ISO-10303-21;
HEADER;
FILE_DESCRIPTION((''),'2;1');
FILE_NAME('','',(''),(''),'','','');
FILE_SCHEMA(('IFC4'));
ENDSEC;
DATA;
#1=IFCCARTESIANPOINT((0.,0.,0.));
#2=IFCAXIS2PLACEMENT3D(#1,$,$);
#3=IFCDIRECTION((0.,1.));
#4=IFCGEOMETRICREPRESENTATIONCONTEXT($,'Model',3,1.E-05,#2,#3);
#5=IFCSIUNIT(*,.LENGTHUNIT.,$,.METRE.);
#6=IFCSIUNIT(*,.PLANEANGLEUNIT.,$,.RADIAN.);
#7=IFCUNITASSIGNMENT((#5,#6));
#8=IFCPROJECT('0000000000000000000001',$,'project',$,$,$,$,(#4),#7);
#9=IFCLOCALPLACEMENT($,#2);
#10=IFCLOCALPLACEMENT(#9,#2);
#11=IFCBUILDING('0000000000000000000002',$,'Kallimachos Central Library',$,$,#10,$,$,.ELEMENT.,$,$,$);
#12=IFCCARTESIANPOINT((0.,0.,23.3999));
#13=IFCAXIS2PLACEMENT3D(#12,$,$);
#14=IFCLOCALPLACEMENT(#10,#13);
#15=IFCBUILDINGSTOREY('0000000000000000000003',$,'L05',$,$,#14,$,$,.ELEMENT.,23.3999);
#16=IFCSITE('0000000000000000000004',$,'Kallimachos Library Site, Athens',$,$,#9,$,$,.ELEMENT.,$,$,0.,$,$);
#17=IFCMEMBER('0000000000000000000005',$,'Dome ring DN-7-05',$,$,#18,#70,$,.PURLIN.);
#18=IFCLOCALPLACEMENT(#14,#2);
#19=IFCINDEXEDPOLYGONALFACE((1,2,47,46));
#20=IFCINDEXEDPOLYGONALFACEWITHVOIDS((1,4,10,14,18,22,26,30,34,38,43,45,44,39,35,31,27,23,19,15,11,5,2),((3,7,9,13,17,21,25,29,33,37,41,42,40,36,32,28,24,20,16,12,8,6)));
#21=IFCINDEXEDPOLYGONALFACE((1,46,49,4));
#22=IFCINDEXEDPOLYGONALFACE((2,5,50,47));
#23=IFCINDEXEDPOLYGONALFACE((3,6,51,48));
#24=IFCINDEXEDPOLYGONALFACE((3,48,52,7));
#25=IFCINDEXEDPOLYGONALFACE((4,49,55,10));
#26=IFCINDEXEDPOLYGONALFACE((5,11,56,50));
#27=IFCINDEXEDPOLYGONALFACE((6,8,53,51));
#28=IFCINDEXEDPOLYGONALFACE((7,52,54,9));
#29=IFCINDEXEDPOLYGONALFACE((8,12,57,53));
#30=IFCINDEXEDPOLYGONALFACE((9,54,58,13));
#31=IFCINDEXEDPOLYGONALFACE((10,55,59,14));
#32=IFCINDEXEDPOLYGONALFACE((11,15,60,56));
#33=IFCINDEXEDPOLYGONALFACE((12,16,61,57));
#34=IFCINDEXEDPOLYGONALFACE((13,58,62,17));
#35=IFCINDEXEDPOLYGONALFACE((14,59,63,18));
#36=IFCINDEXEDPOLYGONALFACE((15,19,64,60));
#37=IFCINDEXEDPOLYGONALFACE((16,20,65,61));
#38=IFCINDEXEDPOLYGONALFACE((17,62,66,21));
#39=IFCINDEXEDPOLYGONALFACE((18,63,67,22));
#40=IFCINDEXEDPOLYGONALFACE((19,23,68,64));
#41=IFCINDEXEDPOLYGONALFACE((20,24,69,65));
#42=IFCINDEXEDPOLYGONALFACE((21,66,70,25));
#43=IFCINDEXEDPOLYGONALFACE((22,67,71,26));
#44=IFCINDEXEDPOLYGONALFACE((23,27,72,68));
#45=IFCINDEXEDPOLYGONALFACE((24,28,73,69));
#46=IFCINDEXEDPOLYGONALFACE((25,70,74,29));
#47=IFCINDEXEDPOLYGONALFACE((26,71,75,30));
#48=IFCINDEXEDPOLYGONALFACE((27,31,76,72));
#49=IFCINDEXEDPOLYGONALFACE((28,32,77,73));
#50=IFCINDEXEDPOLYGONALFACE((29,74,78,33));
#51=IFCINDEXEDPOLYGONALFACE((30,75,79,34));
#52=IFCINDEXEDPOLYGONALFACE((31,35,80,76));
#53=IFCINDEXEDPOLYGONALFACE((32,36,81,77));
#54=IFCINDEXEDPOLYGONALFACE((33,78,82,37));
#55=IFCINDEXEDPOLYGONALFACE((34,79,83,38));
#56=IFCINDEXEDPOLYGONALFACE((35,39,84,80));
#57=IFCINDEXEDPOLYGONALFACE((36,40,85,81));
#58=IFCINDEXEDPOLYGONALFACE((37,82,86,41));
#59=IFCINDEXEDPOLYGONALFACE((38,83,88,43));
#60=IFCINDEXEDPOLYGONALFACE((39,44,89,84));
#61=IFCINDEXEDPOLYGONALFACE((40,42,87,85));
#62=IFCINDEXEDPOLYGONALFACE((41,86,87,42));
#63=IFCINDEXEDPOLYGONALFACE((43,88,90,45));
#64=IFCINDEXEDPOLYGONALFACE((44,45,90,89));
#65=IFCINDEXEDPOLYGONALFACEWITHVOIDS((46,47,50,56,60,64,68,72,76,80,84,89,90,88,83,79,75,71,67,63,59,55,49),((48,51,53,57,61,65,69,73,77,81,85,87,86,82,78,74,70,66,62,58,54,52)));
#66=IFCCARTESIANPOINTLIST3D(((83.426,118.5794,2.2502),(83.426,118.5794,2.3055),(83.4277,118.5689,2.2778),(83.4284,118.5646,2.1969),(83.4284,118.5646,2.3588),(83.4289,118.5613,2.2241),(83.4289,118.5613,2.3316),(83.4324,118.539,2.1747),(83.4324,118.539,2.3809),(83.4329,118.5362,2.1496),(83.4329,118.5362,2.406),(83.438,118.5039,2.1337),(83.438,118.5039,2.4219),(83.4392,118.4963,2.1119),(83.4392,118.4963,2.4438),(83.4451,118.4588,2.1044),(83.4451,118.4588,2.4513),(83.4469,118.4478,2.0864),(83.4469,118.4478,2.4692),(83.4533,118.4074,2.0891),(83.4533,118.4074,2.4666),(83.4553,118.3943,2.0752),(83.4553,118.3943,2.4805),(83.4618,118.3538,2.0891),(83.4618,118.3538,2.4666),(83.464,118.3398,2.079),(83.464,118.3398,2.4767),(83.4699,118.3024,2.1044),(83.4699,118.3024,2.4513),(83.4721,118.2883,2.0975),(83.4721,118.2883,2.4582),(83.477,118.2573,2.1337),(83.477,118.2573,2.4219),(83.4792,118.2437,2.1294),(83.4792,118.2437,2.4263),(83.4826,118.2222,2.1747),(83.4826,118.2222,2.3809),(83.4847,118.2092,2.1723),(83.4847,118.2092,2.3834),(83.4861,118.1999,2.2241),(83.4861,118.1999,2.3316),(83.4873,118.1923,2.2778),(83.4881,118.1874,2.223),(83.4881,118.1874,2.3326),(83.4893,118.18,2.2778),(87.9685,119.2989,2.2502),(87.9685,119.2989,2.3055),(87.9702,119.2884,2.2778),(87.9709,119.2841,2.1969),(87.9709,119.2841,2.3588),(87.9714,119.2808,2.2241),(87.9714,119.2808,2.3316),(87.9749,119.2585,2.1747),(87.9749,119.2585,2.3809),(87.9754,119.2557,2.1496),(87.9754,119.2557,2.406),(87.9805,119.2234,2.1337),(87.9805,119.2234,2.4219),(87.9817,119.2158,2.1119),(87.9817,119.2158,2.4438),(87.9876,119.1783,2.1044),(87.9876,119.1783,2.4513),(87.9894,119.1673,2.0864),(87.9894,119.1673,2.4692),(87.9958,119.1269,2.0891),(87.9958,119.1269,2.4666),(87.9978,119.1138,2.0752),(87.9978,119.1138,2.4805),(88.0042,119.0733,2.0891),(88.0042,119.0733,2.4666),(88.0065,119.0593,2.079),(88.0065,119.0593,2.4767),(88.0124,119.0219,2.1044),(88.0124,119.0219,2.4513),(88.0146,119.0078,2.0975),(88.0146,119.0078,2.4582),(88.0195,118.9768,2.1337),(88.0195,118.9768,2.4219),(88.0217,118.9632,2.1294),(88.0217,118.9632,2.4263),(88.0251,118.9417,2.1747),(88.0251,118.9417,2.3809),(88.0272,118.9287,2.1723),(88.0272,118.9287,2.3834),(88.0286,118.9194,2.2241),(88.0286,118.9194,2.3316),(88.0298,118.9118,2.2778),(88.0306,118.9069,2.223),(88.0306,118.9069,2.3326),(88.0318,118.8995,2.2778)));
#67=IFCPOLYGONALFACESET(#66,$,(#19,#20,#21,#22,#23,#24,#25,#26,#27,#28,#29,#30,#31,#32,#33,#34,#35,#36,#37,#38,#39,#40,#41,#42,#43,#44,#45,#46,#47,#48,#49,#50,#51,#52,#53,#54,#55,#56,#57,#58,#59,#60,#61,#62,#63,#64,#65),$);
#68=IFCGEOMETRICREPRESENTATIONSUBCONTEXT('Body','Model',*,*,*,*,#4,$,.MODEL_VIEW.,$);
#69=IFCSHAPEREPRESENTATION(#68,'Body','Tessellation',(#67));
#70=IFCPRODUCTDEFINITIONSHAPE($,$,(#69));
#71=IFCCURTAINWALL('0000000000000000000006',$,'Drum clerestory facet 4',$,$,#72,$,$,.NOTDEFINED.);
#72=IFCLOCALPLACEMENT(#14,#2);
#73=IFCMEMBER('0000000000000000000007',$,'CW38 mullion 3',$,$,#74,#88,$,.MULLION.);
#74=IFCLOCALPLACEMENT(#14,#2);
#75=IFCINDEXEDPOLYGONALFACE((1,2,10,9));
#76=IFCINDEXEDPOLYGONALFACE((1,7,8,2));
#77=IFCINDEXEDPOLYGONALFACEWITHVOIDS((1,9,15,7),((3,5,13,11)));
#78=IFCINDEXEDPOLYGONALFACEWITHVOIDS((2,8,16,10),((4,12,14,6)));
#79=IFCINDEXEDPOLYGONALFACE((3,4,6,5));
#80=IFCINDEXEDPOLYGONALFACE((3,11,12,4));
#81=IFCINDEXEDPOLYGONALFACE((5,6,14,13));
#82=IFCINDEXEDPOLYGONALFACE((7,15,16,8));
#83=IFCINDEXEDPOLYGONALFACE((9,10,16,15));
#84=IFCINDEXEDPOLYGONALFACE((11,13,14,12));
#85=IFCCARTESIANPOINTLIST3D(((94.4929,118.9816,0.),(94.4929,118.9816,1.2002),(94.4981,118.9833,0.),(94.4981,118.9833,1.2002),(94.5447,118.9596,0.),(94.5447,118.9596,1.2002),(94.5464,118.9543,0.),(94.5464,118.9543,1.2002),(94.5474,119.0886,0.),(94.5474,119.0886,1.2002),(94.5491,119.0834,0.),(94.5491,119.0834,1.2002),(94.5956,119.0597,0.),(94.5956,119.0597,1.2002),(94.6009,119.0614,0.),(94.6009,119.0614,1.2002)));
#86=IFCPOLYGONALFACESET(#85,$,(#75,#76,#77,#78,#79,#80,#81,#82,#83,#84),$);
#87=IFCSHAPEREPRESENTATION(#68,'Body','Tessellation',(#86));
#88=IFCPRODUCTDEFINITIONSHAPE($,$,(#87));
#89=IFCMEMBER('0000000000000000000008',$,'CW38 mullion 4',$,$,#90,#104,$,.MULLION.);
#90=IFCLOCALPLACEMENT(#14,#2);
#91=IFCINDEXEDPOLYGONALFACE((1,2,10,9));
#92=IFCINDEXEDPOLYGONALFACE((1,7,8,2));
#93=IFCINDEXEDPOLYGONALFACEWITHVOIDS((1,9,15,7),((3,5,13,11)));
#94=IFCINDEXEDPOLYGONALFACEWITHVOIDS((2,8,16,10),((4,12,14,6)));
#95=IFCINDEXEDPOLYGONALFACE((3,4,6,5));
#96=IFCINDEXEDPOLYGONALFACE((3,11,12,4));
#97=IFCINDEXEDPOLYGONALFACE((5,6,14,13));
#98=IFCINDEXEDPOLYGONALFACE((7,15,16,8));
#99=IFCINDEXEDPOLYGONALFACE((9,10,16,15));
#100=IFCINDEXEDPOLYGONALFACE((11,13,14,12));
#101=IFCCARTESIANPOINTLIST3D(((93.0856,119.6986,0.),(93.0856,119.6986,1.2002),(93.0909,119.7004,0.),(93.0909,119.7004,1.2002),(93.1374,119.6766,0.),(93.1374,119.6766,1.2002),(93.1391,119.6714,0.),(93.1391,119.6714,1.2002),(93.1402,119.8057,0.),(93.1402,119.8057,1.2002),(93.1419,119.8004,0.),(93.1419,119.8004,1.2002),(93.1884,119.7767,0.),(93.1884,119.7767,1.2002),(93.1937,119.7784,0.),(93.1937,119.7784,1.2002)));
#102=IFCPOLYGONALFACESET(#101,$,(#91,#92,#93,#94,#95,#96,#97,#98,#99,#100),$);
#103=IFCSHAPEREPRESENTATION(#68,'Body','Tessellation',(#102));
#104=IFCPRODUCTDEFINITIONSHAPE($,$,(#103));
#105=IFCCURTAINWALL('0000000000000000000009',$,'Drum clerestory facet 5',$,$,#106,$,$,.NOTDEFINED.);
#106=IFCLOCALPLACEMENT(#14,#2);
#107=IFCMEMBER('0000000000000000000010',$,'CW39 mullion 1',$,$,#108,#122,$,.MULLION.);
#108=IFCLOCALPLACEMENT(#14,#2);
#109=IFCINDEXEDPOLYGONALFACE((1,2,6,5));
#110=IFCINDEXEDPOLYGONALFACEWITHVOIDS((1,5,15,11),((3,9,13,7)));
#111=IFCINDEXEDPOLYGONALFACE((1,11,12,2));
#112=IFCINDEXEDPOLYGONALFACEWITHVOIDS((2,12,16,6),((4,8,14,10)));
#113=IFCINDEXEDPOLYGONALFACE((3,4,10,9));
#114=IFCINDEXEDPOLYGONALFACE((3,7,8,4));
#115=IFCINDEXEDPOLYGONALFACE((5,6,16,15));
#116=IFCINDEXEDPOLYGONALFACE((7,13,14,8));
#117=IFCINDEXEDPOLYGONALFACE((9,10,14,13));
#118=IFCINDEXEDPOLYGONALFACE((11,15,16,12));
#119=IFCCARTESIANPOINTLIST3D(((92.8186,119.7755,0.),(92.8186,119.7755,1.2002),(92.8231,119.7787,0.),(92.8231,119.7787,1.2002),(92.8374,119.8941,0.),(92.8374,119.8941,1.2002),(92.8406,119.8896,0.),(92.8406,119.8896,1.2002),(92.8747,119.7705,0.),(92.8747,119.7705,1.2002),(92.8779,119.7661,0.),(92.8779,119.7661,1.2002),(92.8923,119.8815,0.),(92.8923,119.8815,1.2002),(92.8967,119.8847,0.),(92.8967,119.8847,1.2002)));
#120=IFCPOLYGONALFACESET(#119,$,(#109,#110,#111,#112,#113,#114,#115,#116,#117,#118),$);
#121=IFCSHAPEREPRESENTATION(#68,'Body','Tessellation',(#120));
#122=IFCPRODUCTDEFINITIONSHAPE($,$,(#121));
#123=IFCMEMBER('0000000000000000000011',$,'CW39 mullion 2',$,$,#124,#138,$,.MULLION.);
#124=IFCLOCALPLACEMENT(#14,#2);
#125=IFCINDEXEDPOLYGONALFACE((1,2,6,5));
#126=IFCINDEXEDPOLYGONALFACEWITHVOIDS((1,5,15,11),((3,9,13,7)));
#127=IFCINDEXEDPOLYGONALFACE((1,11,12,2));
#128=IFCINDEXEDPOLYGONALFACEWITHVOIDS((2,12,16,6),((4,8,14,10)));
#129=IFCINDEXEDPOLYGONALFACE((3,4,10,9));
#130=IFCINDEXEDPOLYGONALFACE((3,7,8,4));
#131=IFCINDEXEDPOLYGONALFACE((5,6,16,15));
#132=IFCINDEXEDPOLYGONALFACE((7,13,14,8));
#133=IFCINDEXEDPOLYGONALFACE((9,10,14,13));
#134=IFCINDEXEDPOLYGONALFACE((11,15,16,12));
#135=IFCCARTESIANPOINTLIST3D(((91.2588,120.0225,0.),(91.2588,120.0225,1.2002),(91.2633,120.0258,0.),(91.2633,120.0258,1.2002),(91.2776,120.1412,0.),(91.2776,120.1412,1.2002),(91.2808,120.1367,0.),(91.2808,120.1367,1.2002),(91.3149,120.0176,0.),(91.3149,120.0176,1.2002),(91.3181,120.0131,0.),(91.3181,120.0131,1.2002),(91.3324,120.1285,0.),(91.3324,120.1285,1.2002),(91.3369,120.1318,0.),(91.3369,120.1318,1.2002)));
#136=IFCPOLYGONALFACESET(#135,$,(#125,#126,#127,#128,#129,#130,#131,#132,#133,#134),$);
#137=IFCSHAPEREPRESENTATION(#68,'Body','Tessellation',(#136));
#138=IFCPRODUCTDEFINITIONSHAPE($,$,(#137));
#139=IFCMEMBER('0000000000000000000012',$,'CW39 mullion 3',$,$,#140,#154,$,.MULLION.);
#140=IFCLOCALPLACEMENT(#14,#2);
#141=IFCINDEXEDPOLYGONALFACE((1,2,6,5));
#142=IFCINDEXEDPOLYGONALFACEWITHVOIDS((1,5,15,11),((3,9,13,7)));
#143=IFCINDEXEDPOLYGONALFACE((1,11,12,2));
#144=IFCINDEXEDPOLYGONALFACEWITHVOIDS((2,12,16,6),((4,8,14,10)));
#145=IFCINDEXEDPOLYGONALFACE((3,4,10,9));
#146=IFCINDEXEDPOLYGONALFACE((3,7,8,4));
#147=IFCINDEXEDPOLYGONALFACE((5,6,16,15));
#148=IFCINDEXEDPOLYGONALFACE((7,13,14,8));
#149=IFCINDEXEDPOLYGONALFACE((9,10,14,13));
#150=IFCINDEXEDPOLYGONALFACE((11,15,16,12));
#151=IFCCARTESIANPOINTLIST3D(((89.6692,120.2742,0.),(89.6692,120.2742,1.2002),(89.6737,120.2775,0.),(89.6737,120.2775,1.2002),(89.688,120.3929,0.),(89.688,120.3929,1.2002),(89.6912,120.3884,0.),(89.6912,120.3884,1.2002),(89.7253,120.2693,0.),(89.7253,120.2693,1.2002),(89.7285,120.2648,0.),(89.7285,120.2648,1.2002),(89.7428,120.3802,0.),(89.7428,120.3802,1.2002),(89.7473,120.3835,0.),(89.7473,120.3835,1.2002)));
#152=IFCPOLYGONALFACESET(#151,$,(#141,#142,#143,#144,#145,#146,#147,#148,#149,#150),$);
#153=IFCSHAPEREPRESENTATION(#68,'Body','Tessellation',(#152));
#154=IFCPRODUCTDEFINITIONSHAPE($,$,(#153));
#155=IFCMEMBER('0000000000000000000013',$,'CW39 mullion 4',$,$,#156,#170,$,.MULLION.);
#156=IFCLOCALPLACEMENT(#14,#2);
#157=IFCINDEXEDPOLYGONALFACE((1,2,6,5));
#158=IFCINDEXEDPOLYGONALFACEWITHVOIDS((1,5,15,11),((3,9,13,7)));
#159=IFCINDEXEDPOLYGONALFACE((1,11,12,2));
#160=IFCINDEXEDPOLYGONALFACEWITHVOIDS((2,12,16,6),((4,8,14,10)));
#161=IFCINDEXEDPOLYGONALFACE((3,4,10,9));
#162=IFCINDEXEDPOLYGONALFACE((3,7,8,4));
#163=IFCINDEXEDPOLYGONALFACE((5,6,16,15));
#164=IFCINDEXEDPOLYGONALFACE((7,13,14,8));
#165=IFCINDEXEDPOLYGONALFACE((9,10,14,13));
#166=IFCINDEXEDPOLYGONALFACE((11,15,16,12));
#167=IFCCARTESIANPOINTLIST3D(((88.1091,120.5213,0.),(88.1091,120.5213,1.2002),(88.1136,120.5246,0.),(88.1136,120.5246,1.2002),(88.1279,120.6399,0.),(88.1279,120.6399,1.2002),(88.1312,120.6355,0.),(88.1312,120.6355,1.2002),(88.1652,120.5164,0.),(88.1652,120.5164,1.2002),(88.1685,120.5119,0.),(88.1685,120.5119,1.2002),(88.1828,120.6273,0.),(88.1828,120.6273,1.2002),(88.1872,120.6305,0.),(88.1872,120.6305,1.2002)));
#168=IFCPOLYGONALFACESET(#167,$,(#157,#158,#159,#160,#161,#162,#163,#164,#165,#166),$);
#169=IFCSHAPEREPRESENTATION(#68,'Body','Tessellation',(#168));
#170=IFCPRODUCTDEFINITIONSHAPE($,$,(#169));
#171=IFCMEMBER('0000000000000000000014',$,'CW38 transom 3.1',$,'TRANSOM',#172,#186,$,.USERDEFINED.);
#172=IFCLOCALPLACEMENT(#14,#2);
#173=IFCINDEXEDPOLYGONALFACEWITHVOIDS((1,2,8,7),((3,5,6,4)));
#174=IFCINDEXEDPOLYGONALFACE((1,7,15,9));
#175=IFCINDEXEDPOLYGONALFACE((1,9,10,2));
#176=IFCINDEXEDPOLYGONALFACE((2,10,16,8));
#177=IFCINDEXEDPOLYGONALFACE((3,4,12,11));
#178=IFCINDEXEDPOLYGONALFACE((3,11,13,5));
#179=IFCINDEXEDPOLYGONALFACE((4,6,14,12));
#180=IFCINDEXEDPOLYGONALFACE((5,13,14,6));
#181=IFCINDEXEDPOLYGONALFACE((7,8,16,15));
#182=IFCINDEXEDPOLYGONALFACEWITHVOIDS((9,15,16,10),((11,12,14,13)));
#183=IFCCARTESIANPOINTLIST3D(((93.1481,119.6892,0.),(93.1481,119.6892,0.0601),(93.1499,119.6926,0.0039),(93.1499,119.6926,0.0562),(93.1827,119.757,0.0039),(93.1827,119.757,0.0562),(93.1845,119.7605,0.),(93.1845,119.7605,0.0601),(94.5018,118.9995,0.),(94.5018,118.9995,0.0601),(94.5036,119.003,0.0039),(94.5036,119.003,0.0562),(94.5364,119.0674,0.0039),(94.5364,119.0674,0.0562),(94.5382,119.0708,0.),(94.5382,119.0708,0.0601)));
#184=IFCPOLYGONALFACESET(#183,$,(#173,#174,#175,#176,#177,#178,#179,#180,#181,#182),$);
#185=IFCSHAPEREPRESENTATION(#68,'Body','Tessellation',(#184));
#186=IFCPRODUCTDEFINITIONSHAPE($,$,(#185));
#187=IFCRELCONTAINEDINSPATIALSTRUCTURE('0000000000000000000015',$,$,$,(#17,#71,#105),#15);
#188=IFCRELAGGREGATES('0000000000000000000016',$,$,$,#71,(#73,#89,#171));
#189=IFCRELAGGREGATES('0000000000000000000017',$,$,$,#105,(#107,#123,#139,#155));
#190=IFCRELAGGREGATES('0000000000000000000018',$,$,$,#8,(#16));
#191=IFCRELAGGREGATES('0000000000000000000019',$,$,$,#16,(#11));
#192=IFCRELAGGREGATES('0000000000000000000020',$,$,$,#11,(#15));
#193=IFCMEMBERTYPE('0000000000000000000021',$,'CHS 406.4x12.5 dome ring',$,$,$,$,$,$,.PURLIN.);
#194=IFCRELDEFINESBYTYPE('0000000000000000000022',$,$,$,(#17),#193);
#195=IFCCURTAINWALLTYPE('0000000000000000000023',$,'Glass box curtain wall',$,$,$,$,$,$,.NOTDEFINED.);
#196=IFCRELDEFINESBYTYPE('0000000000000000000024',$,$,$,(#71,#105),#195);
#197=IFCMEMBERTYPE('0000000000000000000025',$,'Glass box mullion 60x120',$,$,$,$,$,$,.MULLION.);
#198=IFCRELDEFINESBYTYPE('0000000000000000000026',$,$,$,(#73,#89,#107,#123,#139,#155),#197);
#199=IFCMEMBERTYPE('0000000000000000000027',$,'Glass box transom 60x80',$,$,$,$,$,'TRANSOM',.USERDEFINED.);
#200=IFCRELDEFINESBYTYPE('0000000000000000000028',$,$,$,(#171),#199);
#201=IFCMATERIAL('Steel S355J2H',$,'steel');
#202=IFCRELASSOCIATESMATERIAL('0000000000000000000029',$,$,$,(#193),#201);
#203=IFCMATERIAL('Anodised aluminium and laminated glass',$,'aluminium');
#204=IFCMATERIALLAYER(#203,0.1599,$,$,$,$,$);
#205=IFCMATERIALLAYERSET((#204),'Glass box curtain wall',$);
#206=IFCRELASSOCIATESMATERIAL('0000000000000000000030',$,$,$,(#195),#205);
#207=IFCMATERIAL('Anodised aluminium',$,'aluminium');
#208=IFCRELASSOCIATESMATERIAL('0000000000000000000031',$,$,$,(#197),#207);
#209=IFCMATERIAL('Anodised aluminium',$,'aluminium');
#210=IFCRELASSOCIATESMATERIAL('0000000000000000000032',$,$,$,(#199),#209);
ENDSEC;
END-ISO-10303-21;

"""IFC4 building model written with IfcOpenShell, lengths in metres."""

from ifc_helpers import new_model, si_unit, direction, frame, origin, origin_2d, place, context, subcontext, project, spatial, hollow_rectangle, hollow_circle, extrude, material, layer, layer_set, material_profile, profile_set, type_object, element, aggregate, save


model = new_model("IFC4")

# Units and contexts
model_context = context("Model", 3, precision=1e-05, world=origin(), true_north=direction((0.0, 1.0)))
body_context = subcontext(model_context, "Body", "Model", "MODEL_VIEW")
ifc_project = project(units=[si_unit("LENGTHUNIT", "METRE"), si_unit("PLANEANGLEUNIT", "RADIAN")], contexts=[model_context])

# Site, building, storey
site_placement = place(None, origin())
site = spatial("IfcSite", under=ifc_project, at=site_placement, Name="Kallimachos Library Site, Athens", CompositionType="ELEMENT", RefElevation=0.0)
building_placement = place(site_placement, origin())
building = spatial("IfcBuilding", under=site, at=building_placement, Name="Kallimachos Central Library", CompositionType="ELEMENT")
storey_placement = place(building_placement, frame((0.0, 0.0, 23.3999)))
storey = spatial("IfcBuildingStorey", under=building, at=storey_placement, Name="L05", CompositionType="ELEMENT", Elevation=23.3999)

# Member
ifc_material_1 = material(Name="Steel S355J2H", Category="steel")
ifc_material_profile_1 = material_profile(ifc_material_1, hollow_circle(Radius=0.2031, WallThickness=0.0125, at=origin_2d()), Name="CHS 406.4x12.5")
ifc_profile_set_1 = profile_set([ifc_material_profile_1], Name="Steel S355J2H")
member_type_1 = type_object("IfcMemberType", Name="CHS 406.4x12.5 dome ring", PredefinedType="PURLIN", material=ifc_profile_set_1)
for number, where, z_axis, x_axis, name in (
    (1, (88.0, 119.1001, 2.2778), (-0.987688, -0.15644, 0.0), (0.15644, -0.987688, 0.0), "Dome ring DN-7-05"),
):
    element("IfcMember", number, at=place(storey_placement, frame(where, z_axis=z_axis, x_axis=x_axis)), inside=storey, type_object=member_type_1, Name=name, PredefinedType="PURLIN", context=body_context, shape_type="SweptSolid", body=[
        extrude(hollow_circle(Radius=0.2031, WallThickness=0.0125, at=origin_2d()), origin(), (0.0, 0.0, 1.0), 4.5991),
    ])

# Curtain walls, members
ifc_material_2 = material(Name="Anodised aluminium and laminated glass", Category="aluminium")
ifc_layer_1 = layer(ifc_material_2, 0.1599)
ifc_layer_set_1 = layer_set([ifc_layer_1], Name="Glass box curtain wall")
curtain_wall_type = type_object("IfcCurtainWallType", Name="Glass box curtain wall", PredefinedType="NOTDEFINED", material=ifc_layer_set_1)
curtain_wall_1_placement = place(storey_placement, origin())
curtain_wall_1 = element("IfcCurtainWall", 2, at=curtain_wall_1_placement, inside=storey, type_object=curtain_wall_type, Name="Drum clerestory facet 4", PredefinedType="NOTDEFINED")
ifc_material_3 = material(Name="Anodised aluminium", Category="aluminium")
ifc_material_profile_2 = material_profile(ifc_material_3, hollow_rectangle(XDim=0.0601, YDim=0.1201, WallThickness=0.0039, at=origin_2d()), Name="ALU MULLION 60x120")
ifc_profile_set_2 = profile_set([ifc_material_profile_2], Name="Anodised aluminium")
member_type_2 = type_object("IfcMemberType", Name="Glass box mullion 60x120", PredefinedType="MULLION", material=ifc_profile_set_2)
member_1_placement = place(storey_placement, frame((94.5469, 119.0215, 0.0), z_axis=(0.0, 0.0, 1.0), x_axis=(-0.891006, 0.453991, 0.0)))
member_1 = element("IfcMember", 3, at=member_1_placement, type_object=member_type_2, Name="CW38 mullion 3", PredefinedType="MULLION", context=body_context, shape_type="SweptSolid", body=[
    extrude(hollow_rectangle(XDim=0.0601, YDim=0.1201, WallThickness=0.0039, at=origin_2d()), origin(), (0.0, 0.0, 1.0), 1.2002),
])
member_2_placement = place(storey_placement, frame((93.1396, 119.7385, 0.0), z_axis=(0.0, 0.0, 1.0), x_axis=(-0.891006, 0.453991, 0.0)))
member_2 = element("IfcMember", 4, at=member_2_placement, type_object=member_type_2, Name="CW38 mullion 4", PredefinedType="MULLION", context=body_context, shape_type="SweptSolid", body=[
    extrude(hollow_rectangle(XDim=0.0601, YDim=0.1201, WallThickness=0.0039, at=origin_2d()), origin(), (0.0, 0.0, 1.0), 1.2002),
])
curtain_wall_2_placement = place(storey_placement, origin())
curtain_wall_2 = element("IfcCurtainWall", 5, at=curtain_wall_2_placement, inside=storey, type_object=curtain_wall_type, Name="Drum clerestory facet 5", PredefinedType="NOTDEFINED")
member_3_placement = place(storey_placement, frame((92.8577, 119.8301, 0.0), z_axis=(0.0, 0.0, 1.0), x_axis=(-0.987688, 0.156435, 0.0)))
member_3 = element("IfcMember", 6, at=member_3_placement, type_object=member_type_2, Name="CW39 mullion 1", PredefinedType="MULLION", context=body_context, shape_type="SweptSolid", body=[
    extrude(hollow_rectangle(XDim=0.0601, YDim=0.1201, WallThickness=0.0039, at=origin_2d()), origin(), (0.0, 0.0, 1.0), 1.2002),
])
member_4_placement = place(storey_placement, frame((91.2979, 120.0771, 0.0), z_axis=(0.0, 0.0, 1.0), x_axis=(-0.987688, 0.156435, 0.0)))
member_4 = element("IfcMember", 7, at=member_4_placement, type_object=member_type_2, Name="CW39 mullion 2", PredefinedType="MULLION", context=body_context, shape_type="SweptSolid", body=[
    extrude(hollow_rectangle(XDim=0.0601, YDim=0.1201, WallThickness=0.0039, at=origin_2d()), origin(), (0.0, 0.0, 1.0), 1.2002),
])
member_5_placement = place(storey_placement, frame((89.7083, 120.3289, 0.0), z_axis=(0.0, 0.0, 1.0), x_axis=(-0.987688, 0.156435, 0.0)))
member_5 = element("IfcMember", 8, at=member_5_placement, type_object=member_type_2, Name="CW39 mullion 3", PredefinedType="MULLION", context=body_context, shape_type="SweptSolid", body=[
    extrude(hollow_rectangle(XDim=0.0601, YDim=0.1201, WallThickness=0.0039, at=origin_2d()), origin(), (0.0, 0.0, 1.0), 1.2002),
])
member_6_placement = place(storey_placement, frame((88.1482, 120.5759, 0.0), z_axis=(0.0, 0.0, 1.0), x_axis=(-0.987688, 0.156435, 0.0)))
member_6 = element("IfcMember", 9, at=member_6_placement, type_object=member_type_2, Name="CW39 mullion 4", PredefinedType="MULLION", context=body_context, shape_type="SweptSolid", body=[
    extrude(hollow_rectangle(XDim=0.0601, YDim=0.1201, WallThickness=0.0039, at=origin_2d()), origin(), (0.0, 0.0, 1.0), 1.2002),
])

# Member
ifc_material_4 = material(Name="Anodised aluminium", Category="aluminium")
ifc_material_profile_3 = material_profile(ifc_material_4, hollow_rectangle(XDim=0.0601, YDim=0.0801, WallThickness=0.0039, at=origin_2d()), Name="ALU TRANSOM 60x80")
ifc_profile_set_3 = profile_set([ifc_material_profile_3], Name="Anodised aluminium")
member_type_3 = type_object("IfcMemberType", Name="Glass box transom 60x80", ElementType="TRANSOM", PredefinedType="USERDEFINED", material=ifc_profile_set_3)
member_7_placement = place(storey_placement, frame((94.52, 119.0352, 0.03), z_axis=(-0.891027, 0.45395, 0.0), x_axis=(0.0, 0.0, 1.0)))
member_7 = element("IfcMember", 10, at=member_7_placement, type_object=member_type_3, Name="CW38 transom 3.1", ObjectType="TRANSOM", PredefinedType="USERDEFINED", context=body_context, shape_type="SweptSolid", body=[
    extrude(hollow_rectangle(XDim=0.0601, YDim=0.0801, WallThickness=0.0039, at=origin_2d()), origin(), (0.0, 0.0, 1.0), 1.5193),
])

aggregate(curtain_wall_1, [member_1, member_2, member_7])
aggregate(curtain_wall_2, [member_3, member_4, member_5, member_6])

save(model, "model.ifc")
